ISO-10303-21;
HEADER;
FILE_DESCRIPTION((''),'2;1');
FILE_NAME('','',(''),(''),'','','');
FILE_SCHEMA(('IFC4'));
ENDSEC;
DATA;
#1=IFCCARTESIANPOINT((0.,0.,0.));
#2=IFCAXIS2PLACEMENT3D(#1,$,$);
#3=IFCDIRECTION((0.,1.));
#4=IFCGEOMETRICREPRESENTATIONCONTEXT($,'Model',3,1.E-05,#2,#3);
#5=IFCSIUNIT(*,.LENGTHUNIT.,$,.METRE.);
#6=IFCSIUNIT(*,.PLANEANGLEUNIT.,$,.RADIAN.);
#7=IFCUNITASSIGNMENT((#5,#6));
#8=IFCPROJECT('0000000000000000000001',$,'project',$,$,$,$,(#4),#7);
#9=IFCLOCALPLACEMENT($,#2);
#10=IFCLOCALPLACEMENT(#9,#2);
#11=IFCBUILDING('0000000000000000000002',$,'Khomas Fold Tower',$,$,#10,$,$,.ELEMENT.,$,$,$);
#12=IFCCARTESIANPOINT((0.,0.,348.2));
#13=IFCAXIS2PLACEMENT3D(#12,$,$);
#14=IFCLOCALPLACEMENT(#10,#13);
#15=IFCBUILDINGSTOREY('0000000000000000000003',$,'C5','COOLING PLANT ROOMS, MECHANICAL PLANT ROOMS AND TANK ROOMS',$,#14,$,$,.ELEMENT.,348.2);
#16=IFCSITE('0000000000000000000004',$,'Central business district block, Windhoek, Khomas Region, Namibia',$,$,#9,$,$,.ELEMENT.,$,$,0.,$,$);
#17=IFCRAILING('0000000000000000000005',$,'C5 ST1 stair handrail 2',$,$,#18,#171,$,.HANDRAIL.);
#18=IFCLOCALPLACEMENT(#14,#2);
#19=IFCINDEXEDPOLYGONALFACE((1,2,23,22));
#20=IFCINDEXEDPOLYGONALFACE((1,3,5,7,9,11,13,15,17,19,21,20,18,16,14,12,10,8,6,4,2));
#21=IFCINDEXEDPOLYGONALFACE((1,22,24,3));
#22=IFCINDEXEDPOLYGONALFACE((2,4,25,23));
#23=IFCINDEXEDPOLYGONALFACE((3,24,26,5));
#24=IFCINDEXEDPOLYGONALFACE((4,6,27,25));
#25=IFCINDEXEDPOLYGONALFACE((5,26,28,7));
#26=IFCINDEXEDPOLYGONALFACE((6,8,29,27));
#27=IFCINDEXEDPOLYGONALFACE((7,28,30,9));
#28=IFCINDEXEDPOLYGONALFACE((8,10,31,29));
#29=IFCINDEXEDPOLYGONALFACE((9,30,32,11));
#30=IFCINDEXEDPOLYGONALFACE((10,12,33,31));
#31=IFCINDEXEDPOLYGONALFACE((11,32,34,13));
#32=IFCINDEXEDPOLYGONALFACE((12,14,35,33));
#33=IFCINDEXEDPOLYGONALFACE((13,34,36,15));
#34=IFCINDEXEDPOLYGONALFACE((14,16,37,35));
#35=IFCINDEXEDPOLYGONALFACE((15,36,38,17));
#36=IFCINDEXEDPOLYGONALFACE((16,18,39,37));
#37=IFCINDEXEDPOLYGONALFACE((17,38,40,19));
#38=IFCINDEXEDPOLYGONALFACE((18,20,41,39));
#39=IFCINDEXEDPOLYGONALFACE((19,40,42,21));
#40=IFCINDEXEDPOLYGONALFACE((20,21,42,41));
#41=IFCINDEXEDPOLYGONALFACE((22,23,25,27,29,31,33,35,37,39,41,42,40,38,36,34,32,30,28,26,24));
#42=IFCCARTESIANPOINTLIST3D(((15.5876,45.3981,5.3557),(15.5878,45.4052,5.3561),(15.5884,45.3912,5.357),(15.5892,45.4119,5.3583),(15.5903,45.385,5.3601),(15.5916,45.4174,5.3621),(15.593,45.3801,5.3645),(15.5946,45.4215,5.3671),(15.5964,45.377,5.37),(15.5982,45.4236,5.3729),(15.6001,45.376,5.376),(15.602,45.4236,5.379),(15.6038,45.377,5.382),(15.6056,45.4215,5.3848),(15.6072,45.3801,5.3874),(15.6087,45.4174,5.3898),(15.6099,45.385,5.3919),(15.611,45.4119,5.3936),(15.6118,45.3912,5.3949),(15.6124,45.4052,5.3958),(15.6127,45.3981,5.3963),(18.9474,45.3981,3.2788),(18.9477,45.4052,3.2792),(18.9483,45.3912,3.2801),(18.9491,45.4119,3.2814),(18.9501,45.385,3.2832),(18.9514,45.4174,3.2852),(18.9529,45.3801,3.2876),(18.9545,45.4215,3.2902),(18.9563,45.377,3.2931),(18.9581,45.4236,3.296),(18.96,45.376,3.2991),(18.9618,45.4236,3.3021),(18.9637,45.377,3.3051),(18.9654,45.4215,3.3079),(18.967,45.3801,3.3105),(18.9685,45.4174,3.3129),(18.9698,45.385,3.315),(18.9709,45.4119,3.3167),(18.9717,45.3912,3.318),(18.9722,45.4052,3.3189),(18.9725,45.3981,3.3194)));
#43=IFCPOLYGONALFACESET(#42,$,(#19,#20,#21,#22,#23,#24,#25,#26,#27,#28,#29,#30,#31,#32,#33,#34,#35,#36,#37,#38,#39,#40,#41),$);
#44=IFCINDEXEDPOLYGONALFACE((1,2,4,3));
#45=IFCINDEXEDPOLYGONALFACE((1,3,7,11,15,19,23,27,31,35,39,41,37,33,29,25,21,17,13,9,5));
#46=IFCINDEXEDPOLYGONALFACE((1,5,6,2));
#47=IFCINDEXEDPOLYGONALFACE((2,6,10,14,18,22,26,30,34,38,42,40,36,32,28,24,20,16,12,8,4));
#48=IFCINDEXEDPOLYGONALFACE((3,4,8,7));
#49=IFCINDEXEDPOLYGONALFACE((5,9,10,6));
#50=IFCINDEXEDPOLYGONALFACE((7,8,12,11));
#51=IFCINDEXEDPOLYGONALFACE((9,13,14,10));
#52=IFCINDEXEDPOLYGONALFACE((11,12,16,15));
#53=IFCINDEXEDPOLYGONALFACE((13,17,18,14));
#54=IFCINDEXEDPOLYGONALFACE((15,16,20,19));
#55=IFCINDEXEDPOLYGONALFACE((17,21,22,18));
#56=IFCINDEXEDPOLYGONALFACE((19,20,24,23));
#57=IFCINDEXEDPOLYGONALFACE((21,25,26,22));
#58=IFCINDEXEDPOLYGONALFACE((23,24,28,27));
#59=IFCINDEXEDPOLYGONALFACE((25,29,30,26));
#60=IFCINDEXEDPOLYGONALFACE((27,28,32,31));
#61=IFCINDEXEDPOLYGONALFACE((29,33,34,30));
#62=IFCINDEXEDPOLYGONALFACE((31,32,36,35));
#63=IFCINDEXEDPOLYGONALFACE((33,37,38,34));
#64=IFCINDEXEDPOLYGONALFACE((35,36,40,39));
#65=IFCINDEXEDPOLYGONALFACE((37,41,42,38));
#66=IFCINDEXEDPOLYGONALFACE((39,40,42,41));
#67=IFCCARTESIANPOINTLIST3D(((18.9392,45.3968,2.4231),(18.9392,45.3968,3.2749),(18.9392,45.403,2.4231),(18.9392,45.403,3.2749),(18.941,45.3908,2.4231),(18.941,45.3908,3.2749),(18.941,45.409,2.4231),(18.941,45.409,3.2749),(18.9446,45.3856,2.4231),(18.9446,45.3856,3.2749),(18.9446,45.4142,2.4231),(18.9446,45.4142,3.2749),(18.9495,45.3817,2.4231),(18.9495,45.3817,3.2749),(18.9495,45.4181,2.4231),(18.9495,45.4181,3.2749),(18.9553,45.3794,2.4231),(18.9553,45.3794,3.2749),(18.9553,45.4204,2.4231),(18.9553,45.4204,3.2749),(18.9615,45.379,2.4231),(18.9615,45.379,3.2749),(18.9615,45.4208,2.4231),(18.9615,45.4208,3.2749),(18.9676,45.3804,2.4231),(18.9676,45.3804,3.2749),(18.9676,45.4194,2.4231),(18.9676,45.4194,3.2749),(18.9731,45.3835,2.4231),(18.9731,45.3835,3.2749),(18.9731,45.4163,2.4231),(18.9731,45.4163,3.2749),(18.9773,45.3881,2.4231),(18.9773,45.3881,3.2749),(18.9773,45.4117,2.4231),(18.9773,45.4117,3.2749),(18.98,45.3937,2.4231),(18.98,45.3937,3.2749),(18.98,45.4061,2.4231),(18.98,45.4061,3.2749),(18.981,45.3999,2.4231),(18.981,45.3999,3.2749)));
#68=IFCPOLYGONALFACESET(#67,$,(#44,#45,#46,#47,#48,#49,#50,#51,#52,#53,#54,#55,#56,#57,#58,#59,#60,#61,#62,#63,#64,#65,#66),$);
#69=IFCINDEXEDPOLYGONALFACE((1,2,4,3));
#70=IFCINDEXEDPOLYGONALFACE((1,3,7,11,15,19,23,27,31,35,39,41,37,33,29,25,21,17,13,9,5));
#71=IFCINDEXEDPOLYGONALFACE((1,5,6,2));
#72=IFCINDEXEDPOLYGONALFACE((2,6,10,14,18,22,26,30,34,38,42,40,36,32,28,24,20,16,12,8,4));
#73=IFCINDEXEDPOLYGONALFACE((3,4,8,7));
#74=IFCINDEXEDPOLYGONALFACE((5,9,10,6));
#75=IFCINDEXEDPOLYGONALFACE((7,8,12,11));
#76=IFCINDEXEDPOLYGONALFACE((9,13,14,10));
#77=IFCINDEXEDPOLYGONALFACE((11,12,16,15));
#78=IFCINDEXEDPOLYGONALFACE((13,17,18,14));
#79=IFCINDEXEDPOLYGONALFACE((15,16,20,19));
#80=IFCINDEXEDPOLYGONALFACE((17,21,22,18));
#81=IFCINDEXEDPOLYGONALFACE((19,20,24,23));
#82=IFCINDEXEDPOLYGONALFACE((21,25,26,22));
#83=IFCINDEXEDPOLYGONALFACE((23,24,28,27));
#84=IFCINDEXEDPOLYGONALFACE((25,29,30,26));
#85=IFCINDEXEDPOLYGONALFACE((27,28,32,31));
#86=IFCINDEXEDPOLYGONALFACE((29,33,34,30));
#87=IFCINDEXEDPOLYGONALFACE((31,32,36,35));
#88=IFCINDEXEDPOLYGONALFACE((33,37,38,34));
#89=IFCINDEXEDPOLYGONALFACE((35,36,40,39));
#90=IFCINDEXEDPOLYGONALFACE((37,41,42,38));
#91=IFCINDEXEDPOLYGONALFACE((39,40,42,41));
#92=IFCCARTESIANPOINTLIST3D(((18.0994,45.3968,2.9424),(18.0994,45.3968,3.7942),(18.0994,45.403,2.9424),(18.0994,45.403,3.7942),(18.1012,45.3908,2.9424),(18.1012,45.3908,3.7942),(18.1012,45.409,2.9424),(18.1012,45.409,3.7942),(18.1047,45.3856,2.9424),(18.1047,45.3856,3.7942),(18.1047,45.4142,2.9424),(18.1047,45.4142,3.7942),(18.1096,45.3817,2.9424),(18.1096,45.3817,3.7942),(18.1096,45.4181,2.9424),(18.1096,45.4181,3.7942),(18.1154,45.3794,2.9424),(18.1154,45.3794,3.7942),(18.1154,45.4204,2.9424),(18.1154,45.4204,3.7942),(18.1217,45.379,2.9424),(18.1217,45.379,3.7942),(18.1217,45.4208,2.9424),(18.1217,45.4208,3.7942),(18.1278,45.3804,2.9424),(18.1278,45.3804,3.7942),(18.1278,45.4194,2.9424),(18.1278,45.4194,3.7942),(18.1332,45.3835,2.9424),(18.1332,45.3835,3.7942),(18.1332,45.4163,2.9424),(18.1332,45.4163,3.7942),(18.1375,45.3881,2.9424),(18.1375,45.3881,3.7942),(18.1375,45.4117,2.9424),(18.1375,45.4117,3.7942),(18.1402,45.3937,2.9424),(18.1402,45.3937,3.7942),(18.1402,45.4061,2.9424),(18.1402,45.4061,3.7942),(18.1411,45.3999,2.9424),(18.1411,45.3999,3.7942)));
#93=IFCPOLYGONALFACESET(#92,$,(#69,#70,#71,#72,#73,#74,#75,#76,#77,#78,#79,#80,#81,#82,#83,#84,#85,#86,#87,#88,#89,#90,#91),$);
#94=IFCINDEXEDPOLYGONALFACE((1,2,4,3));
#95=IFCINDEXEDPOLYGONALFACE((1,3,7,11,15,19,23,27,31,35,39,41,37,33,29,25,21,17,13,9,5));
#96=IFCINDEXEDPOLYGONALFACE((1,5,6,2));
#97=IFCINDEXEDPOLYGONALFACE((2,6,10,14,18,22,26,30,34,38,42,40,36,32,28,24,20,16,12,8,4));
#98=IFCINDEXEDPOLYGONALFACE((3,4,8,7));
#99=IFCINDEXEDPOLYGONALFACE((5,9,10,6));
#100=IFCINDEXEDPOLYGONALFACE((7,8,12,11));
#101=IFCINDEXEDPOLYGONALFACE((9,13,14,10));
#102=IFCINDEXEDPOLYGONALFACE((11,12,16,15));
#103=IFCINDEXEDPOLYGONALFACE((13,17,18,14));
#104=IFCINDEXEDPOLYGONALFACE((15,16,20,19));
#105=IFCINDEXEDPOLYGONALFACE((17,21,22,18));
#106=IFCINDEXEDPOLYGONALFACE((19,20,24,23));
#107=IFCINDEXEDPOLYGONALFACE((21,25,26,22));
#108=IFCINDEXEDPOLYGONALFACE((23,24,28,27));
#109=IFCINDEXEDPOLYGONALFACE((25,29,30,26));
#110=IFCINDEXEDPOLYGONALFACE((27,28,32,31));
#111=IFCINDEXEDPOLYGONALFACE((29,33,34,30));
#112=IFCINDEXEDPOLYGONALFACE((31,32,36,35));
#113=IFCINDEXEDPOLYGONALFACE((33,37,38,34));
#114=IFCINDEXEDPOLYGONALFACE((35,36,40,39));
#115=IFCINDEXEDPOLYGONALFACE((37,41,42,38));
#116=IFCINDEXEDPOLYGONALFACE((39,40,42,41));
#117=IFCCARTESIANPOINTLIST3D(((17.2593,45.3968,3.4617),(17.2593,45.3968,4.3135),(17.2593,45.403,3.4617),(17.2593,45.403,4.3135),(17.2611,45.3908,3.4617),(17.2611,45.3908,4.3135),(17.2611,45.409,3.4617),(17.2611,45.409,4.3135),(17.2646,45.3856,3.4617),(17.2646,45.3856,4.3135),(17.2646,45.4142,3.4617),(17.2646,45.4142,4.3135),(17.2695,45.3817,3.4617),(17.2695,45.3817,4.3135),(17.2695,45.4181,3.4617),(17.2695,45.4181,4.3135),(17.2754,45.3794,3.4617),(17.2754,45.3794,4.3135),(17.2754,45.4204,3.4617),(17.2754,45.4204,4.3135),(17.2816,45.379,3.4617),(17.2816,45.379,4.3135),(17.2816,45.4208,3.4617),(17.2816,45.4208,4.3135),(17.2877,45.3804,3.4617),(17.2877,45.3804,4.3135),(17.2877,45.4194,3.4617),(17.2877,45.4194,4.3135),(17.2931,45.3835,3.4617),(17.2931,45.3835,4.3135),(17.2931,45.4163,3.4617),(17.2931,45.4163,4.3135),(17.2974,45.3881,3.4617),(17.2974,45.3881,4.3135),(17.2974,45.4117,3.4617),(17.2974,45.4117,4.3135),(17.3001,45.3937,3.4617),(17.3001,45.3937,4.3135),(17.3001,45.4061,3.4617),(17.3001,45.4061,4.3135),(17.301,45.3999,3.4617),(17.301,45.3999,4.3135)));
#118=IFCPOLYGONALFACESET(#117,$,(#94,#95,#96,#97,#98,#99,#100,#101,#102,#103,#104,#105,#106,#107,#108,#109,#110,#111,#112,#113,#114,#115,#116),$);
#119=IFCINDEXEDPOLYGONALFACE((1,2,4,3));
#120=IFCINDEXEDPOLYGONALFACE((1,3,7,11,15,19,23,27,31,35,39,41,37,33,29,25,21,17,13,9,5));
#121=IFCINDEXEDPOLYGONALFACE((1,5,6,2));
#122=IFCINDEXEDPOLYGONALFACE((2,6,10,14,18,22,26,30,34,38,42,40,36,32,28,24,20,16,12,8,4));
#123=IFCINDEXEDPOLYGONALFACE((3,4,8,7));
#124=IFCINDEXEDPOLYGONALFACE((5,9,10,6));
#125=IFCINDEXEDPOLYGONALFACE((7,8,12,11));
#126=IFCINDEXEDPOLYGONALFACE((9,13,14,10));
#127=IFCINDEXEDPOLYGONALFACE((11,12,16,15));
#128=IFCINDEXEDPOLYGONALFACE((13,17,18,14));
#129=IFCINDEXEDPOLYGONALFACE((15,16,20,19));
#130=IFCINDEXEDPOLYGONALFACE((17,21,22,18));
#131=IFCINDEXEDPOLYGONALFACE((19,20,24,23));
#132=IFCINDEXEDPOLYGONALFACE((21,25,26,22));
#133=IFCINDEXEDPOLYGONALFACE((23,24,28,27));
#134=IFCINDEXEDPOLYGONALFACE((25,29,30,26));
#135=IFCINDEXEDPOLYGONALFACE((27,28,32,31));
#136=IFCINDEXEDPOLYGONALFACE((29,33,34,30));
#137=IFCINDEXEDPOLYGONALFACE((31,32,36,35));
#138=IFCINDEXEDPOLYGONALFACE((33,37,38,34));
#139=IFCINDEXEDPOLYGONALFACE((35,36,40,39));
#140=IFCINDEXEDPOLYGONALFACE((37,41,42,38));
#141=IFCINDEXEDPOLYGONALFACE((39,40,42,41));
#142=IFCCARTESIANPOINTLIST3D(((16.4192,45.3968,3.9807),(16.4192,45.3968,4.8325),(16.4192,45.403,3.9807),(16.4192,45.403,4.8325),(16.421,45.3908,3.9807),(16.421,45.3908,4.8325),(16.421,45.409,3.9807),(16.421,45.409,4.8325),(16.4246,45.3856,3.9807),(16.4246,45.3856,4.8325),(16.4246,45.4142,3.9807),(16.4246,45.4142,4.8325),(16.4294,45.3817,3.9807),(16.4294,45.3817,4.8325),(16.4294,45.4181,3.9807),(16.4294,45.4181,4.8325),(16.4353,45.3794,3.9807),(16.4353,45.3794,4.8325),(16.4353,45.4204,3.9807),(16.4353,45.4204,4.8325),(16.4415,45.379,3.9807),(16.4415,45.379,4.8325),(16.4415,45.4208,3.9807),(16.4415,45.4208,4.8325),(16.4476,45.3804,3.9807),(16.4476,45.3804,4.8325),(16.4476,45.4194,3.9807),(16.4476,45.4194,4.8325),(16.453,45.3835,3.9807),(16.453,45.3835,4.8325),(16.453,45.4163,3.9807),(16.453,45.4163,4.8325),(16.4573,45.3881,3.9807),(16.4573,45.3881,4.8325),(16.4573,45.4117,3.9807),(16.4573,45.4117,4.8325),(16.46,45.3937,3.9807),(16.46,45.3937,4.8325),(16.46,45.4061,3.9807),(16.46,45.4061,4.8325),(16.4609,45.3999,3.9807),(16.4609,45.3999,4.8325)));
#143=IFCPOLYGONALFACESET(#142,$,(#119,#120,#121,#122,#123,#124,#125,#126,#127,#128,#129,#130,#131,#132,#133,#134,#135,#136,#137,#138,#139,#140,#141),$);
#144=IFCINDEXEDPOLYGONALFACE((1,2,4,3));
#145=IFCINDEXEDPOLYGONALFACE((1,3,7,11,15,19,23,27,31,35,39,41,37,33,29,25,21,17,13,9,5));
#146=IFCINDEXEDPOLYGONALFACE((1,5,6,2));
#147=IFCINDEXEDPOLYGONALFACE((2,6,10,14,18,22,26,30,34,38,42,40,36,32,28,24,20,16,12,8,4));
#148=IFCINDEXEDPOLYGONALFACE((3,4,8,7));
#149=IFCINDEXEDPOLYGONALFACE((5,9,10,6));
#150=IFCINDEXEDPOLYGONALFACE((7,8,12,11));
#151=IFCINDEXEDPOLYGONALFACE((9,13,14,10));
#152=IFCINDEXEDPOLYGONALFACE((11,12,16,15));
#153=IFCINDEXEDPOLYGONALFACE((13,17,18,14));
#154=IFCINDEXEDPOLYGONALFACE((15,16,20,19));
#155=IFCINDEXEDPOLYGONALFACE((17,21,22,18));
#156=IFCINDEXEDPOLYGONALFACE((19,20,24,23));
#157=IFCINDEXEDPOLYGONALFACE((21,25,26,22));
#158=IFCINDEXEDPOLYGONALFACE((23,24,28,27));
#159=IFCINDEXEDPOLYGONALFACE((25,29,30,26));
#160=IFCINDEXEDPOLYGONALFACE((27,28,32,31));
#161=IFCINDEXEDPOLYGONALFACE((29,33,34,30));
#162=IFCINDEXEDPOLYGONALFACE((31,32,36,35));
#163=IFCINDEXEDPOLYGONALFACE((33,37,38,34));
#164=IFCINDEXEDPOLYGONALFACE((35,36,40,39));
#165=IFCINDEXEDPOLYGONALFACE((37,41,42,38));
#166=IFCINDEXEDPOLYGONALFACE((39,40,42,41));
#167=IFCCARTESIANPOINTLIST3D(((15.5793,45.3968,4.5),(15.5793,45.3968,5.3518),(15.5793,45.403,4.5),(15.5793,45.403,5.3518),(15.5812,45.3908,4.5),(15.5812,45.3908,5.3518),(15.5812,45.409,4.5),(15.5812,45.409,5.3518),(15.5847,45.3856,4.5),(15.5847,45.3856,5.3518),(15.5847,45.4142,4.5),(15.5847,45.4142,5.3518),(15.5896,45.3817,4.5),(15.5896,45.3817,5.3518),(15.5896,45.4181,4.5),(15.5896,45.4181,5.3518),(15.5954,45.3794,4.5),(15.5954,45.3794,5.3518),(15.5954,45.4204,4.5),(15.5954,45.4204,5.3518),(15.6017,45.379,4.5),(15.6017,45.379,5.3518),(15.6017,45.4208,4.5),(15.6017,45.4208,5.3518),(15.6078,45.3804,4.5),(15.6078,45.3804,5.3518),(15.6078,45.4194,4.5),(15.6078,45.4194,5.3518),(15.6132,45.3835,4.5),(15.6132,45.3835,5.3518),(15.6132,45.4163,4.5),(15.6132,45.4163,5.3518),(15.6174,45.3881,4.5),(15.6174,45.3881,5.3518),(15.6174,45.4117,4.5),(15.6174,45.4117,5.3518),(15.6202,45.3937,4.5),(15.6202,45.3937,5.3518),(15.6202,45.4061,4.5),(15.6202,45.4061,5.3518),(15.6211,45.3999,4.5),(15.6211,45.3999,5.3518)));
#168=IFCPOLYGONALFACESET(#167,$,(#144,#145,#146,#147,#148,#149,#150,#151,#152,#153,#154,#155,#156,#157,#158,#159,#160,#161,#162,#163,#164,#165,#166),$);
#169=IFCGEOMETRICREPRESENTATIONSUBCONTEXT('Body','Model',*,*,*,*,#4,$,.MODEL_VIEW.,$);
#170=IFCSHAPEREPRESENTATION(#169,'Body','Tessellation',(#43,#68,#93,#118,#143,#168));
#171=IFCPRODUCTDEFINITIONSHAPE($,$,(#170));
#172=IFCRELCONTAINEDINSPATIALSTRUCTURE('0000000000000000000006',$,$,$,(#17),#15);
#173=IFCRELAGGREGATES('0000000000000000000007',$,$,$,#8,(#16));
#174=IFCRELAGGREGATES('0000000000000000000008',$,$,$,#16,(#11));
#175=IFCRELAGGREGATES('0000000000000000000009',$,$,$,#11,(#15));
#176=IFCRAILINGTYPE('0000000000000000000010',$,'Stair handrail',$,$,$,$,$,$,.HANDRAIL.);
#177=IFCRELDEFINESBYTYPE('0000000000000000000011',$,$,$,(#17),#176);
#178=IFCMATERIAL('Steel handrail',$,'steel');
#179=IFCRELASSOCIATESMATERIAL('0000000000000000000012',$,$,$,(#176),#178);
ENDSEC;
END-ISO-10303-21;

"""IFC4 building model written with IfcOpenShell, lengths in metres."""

from ifc_helpers import new_model, si_unit, direction, frame, origin, origin_2d, place, context, subcontext, project, spatial, circle, extrude, source, transform, mapped, material, type_object, element, save


model = new_model("IFC4")

# Units and contexts
model_context = context("Model", 3, precision=1e-05, world=origin(), true_north=direction((0.0, 1.0)))
body_context = subcontext(model_context, "Body", "Model", "MODEL_VIEW")
ifc_project = project(units=[si_unit("LENGTHUNIT", "METRE"), si_unit("PLANEANGLEUNIT", "RADIAN")], contexts=[model_context])

# Site, building, storey
site_placement = place(None, origin())
site = spatial("IfcSite", under=ifc_project, at=site_placement, Name="Central business district block, Windhoek, Khomas Region, Namibia", CompositionType="ELEMENT", RefElevation=0.0)
building_placement = place(site_placement, origin())
building = spatial("IfcBuilding", under=site, at=building_placement, Name="Khomas Fold Tower", CompositionType="ELEMENT")
storey_placement = place(building_placement, frame((0.0, 0.0, 348.2)))
storey = spatial("IfcBuildingStorey", under=building, at=storey_placement, Name="C5", Description="COOLING PLANT ROOMS, MECHANICAL PLANT ROOMS AND TANK ROOMS", CompositionType="ELEMENT", Elevation=348.2)

# Railing
ifc_material_1 = material(Name="Steel handrail", Category="steel")
railing_type_1 = type_object("IfcRailingType", Name="Stair handrail", PredefinedType="HANDRAIL", material=ifc_material_1)
shared_shape_1 = source(origin(), body_context, "Body", "SweptSolid", [
    extrude(circle(Radius=0.0239, at=origin_2d()), frame((0.0, 0.0, 0.876), z_axis=(-0.850606, 0.0, 0.525803), x_axis=(0.0, -1.0, 0.0)), (0.0, 0.0, 1.0), 3.95),
    extrude(circle(Radius=0.021, at=origin_2d()), origin(), (0.0, 0.0, 1.0), 0.8518),
    extrude(circle(Radius=0.021, at=origin_2d()), frame((-0.8398, 0.0, 0.5193)), (0.0, 0.0, 1.0), 0.8518),
    extrude(circle(Radius=0.021, at=origin_2d()), frame((-1.6799, 0.0, 1.0386)), (0.0, 0.0, 1.0), 0.8518),
    extrude(circle(Radius=0.021, at=origin_2d()), frame((-2.52, 0.0, 1.5576)), (0.0, 0.0, 1.0), 0.8518),
    extrude(circle(Radius=0.021, at=origin_2d()), frame((-3.3599, 0.0, 2.0769)), (0.0, 0.0, 1.0), 0.8518),
])
railing_1_placement = place(storey_placement, frame((18.96, 45.3999, 2.4231)))
element("IfcRailing", 1, at=railing_1_placement, inside=storey, type_object=railing_type_1, Name="C5 ST1 stair handrail 2", PredefinedType="HANDRAIL", context=body_context, shape_type="MappedRepresentation", body=[
    mapped(shared_shape_1, transform((0.0, 0.0, 0.0))),
])

save(model, "model.ifc")
